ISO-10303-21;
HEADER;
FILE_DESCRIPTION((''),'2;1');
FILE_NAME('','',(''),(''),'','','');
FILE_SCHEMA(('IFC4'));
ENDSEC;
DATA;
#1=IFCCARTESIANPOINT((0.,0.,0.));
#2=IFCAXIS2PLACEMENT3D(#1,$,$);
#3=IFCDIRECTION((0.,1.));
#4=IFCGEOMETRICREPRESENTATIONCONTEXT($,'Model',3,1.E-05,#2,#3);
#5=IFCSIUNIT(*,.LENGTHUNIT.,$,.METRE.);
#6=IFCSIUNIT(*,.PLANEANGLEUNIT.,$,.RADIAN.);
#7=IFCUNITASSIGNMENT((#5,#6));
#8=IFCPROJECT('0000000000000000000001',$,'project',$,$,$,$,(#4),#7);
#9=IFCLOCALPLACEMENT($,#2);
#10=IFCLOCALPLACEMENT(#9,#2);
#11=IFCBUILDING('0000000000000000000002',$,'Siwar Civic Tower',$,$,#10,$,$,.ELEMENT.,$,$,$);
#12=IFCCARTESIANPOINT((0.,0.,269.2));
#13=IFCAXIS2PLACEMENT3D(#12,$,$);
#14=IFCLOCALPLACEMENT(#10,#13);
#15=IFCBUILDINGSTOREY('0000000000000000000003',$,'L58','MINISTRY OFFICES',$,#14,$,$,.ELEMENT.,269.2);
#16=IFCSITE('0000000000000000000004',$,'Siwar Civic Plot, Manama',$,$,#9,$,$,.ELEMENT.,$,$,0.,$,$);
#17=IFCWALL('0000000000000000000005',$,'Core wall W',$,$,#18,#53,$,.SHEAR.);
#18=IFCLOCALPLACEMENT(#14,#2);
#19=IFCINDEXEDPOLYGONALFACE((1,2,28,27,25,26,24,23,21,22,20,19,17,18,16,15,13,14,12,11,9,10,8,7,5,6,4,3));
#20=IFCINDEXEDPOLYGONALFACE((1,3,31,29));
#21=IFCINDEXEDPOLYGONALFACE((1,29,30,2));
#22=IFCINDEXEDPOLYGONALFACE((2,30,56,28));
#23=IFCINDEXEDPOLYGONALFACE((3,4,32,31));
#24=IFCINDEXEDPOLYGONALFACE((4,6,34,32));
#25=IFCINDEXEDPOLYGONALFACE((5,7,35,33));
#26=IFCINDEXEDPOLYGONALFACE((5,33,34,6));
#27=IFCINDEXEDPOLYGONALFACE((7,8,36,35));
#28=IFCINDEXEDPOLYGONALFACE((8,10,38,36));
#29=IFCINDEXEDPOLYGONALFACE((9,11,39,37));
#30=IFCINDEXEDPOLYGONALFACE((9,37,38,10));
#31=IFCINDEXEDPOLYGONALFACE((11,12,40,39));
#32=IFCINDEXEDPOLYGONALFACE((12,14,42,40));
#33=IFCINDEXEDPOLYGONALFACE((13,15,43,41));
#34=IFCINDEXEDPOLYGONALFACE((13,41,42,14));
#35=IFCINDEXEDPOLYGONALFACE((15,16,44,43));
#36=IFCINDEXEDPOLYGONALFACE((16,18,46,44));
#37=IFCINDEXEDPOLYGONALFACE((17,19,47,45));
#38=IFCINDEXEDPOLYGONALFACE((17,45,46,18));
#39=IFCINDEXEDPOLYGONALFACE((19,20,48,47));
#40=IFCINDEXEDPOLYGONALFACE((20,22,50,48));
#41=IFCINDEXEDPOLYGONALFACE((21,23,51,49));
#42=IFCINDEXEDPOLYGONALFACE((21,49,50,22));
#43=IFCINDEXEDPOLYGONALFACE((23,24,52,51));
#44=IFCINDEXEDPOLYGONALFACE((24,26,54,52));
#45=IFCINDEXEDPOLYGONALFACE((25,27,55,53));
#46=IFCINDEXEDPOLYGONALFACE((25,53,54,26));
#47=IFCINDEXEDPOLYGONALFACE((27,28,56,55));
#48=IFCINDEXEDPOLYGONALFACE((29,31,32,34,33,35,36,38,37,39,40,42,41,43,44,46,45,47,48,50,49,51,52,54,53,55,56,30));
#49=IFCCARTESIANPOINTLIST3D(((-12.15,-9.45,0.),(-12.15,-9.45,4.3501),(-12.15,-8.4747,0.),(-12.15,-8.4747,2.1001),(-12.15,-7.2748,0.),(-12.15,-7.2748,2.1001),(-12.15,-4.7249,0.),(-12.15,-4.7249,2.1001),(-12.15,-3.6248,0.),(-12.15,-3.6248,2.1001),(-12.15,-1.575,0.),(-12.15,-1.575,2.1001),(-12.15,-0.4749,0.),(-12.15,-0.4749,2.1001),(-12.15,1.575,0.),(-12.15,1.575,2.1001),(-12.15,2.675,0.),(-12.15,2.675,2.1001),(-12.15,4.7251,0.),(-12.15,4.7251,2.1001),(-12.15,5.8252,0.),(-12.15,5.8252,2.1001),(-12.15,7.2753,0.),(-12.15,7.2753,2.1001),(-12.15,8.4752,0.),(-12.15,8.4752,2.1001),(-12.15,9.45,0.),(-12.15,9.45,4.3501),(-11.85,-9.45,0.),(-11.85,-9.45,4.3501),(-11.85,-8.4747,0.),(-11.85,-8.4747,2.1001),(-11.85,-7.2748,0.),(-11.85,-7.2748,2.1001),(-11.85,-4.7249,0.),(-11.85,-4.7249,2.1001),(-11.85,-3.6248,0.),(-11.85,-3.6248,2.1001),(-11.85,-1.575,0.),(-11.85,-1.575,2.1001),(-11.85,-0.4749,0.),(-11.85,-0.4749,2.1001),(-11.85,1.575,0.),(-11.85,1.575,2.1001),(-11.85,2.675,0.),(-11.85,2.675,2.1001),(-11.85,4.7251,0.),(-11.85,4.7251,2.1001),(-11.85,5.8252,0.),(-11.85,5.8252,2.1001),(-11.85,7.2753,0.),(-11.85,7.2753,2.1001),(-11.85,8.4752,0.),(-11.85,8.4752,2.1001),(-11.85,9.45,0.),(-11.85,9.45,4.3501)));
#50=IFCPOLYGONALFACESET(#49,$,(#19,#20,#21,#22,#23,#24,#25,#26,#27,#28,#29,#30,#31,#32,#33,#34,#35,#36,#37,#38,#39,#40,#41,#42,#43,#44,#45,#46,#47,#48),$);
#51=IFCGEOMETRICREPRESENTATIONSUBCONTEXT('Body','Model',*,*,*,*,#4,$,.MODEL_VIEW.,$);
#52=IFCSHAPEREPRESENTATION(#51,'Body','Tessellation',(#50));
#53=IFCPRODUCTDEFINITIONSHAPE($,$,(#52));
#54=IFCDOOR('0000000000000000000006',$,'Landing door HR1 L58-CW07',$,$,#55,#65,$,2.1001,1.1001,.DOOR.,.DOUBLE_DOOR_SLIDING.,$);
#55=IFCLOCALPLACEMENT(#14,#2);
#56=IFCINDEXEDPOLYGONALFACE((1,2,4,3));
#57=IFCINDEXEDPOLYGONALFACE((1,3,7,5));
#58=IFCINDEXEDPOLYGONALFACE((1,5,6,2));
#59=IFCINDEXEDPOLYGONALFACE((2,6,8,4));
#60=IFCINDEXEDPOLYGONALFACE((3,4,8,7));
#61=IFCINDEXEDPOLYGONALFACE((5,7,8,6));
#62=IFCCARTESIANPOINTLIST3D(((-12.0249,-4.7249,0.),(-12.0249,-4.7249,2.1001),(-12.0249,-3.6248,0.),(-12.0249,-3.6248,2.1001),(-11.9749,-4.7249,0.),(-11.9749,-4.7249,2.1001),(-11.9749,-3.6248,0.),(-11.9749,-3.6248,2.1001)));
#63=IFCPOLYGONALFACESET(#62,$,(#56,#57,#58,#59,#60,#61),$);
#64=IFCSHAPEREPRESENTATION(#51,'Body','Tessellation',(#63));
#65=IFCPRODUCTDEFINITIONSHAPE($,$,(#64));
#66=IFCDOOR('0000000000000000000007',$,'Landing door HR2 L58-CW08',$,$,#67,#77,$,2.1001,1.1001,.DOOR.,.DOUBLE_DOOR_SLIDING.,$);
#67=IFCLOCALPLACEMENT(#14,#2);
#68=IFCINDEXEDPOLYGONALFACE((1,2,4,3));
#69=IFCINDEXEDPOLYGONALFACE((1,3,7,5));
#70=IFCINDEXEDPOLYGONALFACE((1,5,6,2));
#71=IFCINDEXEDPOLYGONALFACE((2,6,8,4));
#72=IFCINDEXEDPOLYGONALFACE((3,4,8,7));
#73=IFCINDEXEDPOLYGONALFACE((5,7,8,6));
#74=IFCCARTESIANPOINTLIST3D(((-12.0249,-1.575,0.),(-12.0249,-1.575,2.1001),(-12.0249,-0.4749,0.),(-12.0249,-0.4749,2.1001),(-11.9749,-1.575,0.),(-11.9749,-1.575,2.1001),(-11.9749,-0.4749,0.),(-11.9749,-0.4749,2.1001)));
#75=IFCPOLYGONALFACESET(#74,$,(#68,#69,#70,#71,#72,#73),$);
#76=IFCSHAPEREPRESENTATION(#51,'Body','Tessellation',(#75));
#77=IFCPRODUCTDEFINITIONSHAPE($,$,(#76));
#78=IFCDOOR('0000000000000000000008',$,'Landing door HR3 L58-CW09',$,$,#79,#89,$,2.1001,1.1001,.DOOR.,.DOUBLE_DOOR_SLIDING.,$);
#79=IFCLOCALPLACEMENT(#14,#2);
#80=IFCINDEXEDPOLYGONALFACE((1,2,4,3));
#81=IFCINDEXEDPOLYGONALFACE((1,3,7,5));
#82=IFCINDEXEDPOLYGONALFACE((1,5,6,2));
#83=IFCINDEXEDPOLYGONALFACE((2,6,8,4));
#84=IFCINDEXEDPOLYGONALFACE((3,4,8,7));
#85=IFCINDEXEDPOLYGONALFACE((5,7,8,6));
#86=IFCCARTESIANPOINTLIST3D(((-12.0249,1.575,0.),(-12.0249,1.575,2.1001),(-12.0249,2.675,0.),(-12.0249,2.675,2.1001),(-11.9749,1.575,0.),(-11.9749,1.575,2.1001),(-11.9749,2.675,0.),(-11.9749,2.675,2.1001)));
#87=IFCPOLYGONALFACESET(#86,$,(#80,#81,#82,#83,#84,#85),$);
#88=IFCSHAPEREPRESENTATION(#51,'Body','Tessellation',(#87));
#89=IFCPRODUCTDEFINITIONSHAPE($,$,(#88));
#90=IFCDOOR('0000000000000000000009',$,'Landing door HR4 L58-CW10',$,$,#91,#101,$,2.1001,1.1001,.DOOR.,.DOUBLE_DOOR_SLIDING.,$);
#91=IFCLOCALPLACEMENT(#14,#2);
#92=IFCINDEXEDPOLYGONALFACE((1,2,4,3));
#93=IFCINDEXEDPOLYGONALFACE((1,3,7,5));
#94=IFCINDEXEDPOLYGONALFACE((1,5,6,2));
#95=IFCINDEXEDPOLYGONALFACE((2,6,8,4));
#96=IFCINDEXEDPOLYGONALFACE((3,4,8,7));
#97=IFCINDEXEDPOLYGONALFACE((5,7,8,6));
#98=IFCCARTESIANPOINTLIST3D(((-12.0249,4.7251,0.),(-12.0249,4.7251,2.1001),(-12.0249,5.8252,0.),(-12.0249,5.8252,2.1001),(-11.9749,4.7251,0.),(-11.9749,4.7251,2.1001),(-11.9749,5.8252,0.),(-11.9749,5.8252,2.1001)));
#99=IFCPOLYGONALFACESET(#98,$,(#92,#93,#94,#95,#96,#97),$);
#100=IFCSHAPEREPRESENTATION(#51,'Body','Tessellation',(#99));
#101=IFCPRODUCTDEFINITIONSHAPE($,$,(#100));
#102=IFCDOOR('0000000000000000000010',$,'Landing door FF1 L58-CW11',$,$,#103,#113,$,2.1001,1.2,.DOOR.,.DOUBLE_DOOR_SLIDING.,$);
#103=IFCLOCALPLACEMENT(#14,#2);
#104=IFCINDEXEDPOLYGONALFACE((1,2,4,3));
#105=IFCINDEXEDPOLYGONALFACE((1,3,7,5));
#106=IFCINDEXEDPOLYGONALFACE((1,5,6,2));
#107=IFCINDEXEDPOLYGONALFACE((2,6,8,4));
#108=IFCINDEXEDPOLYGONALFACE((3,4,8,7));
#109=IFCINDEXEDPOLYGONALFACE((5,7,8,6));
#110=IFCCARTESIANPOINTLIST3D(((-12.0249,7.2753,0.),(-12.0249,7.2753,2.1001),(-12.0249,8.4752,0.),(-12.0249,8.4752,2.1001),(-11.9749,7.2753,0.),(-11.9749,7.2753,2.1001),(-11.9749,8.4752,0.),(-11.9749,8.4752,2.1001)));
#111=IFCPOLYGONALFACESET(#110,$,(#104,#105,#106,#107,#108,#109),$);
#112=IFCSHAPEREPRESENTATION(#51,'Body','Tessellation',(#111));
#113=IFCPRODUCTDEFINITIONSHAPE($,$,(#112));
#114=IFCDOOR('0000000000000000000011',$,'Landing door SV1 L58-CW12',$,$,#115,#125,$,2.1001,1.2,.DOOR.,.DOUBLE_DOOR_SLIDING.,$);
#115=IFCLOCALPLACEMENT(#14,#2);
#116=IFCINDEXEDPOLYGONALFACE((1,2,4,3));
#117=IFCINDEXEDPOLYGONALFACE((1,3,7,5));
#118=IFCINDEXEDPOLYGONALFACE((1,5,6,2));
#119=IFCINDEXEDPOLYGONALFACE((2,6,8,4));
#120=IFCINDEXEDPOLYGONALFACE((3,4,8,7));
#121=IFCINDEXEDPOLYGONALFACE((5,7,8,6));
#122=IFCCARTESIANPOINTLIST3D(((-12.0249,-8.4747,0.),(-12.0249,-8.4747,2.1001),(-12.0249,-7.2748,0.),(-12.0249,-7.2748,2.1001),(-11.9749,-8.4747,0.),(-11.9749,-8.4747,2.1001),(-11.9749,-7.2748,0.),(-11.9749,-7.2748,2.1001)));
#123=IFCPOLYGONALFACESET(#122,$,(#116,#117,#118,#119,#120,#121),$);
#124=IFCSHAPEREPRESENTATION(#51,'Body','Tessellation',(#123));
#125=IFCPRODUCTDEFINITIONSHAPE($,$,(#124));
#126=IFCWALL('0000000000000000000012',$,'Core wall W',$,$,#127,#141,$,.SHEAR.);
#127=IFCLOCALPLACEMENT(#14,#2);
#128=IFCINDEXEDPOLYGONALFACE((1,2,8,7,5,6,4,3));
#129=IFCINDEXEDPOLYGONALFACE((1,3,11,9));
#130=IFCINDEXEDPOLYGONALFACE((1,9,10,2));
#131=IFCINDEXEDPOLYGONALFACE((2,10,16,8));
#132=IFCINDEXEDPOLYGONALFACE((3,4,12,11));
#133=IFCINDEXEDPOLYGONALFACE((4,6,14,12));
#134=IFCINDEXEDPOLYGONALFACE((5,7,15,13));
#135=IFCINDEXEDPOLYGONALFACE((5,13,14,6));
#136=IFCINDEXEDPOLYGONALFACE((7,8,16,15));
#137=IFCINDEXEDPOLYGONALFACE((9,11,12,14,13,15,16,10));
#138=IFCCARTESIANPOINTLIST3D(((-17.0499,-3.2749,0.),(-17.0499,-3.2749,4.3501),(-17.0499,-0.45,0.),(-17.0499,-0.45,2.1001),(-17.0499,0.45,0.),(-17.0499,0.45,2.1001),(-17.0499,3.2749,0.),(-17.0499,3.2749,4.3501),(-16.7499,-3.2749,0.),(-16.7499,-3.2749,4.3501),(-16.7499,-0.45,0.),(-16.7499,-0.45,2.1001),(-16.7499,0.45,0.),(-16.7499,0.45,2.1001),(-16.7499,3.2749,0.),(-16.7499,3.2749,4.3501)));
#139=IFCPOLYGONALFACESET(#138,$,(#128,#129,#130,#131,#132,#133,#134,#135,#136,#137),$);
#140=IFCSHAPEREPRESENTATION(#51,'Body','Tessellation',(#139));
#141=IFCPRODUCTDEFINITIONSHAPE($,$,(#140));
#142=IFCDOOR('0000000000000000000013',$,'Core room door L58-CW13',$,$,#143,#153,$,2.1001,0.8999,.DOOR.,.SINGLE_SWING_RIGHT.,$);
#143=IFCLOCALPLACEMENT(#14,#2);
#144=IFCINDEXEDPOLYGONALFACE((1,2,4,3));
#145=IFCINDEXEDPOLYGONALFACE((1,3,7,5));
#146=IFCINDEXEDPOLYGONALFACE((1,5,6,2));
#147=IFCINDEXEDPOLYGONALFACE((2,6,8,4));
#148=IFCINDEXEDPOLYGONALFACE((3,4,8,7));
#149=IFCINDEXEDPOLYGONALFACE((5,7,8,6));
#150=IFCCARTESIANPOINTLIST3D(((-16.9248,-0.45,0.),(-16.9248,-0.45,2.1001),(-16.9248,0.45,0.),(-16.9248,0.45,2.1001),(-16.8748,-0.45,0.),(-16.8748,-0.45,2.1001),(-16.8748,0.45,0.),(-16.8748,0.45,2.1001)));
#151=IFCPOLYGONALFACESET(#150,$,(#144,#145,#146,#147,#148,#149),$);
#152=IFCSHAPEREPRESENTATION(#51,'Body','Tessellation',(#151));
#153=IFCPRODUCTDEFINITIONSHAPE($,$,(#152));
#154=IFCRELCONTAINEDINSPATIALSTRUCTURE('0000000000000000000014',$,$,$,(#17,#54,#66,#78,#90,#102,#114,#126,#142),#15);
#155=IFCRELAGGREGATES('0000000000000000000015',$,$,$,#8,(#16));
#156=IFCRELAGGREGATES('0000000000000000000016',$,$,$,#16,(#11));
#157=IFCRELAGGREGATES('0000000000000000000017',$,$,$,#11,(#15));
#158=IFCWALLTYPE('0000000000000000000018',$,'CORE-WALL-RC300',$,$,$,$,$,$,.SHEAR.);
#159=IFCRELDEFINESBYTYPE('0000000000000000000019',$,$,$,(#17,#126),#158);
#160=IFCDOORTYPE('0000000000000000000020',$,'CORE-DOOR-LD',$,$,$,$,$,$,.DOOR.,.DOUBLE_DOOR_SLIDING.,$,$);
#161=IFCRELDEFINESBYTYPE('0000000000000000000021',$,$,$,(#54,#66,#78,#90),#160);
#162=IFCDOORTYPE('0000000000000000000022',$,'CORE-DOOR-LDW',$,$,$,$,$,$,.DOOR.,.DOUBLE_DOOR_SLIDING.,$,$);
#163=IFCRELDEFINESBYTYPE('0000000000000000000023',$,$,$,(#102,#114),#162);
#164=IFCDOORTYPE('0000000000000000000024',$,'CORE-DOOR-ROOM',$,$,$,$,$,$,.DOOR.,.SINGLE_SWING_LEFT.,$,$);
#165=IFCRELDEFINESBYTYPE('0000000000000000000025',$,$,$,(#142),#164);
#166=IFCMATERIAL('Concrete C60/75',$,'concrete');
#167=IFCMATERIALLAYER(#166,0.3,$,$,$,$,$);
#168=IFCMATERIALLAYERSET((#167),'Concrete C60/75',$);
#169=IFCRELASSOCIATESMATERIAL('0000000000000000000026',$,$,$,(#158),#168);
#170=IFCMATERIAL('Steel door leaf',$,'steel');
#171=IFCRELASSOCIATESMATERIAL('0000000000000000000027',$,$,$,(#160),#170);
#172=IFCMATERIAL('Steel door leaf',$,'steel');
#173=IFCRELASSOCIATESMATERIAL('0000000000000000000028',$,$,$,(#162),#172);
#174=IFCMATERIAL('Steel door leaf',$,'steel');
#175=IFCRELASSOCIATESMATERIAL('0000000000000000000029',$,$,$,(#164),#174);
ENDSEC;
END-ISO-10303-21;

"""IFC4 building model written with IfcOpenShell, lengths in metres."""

from ifc_helpers import new_model, si_unit, direction, frame, frame_2d, origin, place, context, subcontext, project, spatial, rectangle, extrude, material, layer, layer_set, type_object, element, fill, save


model = new_model("IFC4")

# Units and contexts
model_context = context("Model", 3, precision=1e-05, world=origin(), true_north=direction((0.0, 1.0)))
body_context = subcontext(model_context, "Body", "Model", "MODEL_VIEW")
ifc_project = project(units=[si_unit("LENGTHUNIT", "METRE"), si_unit("PLANEANGLEUNIT", "RADIAN")], contexts=[model_context])

# Site, building, storey
site_placement = place(None, origin())
site = spatial("IfcSite", under=ifc_project, at=site_placement, Name="Siwar Civic Plot, Manama", CompositionType="ELEMENT", RefElevation=0.0)
building_placement = place(site_placement, origin())
building = spatial("IfcBuilding", under=site, at=building_placement, Name="Siwar Civic Tower", CompositionType="ELEMENT")
storey_placement = place(building_placement, frame((0.0, 0.0, 269.2)))
storey = spatial("IfcBuildingStorey", under=building, at=storey_placement, Name="L58", Description="MINISTRY OFFICES", CompositionType="ELEMENT", Elevation=269.2)

# Wall, openings, doors
ifc_material_1 = material(Name="Concrete C60/75", Category="concrete")
ifc_layer_1 = layer(ifc_material_1, 0.3)
ifc_layer_set_1 = layer_set([ifc_layer_1], Name="Concrete C60/75")
wall_type_1 = type_object("IfcWallType", Name="CORE-WALL-RC300", PredefinedType="SHEAR", material=ifc_layer_set_1)
wall_1_placement = place(storey_placement, frame((-12.0, -9.45, 0.0), z_axis=(0.0, 0.0, 1.0), x_axis=(0.0, 1.0, 0.0)))
wall_1 = element("IfcWall", 1, at=wall_1_placement, inside=storey, type_object=wall_type_1, Name="Core wall W", PredefinedType="SHEAR", context=body_context, shape_type="SweptSolid", body=[
    extrude(rectangle(XDim=18.8999, YDim=0.3, at=frame_2d((9.45, 0.0))), origin(), (0.0, 0.0, 1.0), 4.3501),
])
opening_1_placement = place(wall_1_placement, frame((4.7251, 0.0, 0.0)))
opening_1 = element("IfcOpeningElement", 2, at=opening_1_placement, cuts=wall_1, PredefinedType="OPENING", context=body_context, shape_type="SweptSolid", body=[
    extrude(rectangle(XDim=1.1001, YDim=2.1001, at=frame_2d((0.55, 1.05))), frame((0.0, 0.1602, 0.0), z_axis=(0.0, -1.0, 0.0), x_axis=(1.0, 0.0, 0.0)), (0.0, 0.0, 1.0), 0.3201),
])
opening_2_placement = place(wall_1_placement, frame((7.875, 0.0, 0.0)))
opening_2 = element("IfcOpeningElement", 3, at=opening_2_placement, cuts=wall_1, PredefinedType="OPENING", context=body_context, shape_type="SweptSolid", body=[
    extrude(rectangle(XDim=1.1001, YDim=2.1001, at=frame_2d((0.55, 1.05))), frame((0.0, 0.1602, 0.0), z_axis=(0.0, -1.0, 0.0), x_axis=(1.0, 0.0, 0.0)), (0.0, 0.0, 1.0), 0.3201),
])
opening_3_placement = place(wall_1_placement, frame((11.0249, 0.0, 0.0)))
opening_3 = element("IfcOpeningElement", 4, at=opening_3_placement, cuts=wall_1, PredefinedType="OPENING", context=body_context, shape_type="SweptSolid", body=[
    extrude(rectangle(XDim=1.1001, YDim=2.1001, at=frame_2d((0.55, 1.05))), frame((0.0, 0.1602, 0.0), z_axis=(0.0, -1.0, 0.0), x_axis=(1.0, 0.0, 0.0)), (0.0, 0.0, 1.0), 0.3201),
])
opening_4_placement = place(wall_1_placement, frame((14.175, 0.0, 0.0)))
opening_4 = element("IfcOpeningElement", 5, at=opening_4_placement, cuts=wall_1, PredefinedType="OPENING", context=body_context, shape_type="SweptSolid", body=[
    extrude(rectangle(XDim=1.1001, YDim=2.1001, at=frame_2d((0.55, 1.05))), frame((0.0, 0.1602, 0.0), z_axis=(0.0, -1.0, 0.0), x_axis=(1.0, 0.0, 0.0)), (0.0, 0.0, 1.0), 0.3201),
])
opening_5_placement = place(wall_1_placement, frame((16.7251, 0.0, 0.0)))
opening_5 = element("IfcOpeningElement", 6, at=opening_5_placement, cuts=wall_1, PredefinedType="OPENING", context=body_context, shape_type="SweptSolid", body=[
    extrude(rectangle(XDim=1.2, YDim=2.1001, at=frame_2d((0.6001, 1.05))), frame((0.0, 0.1602, 0.0), z_axis=(0.0, -1.0, 0.0), x_axis=(1.0, 0.0, 0.0)), (0.0, 0.0, 1.0), 0.3201),
])
opening_6_placement = place(wall_1_placement, frame((0.9751, 0.0, 0.0)))
opening_6 = element("IfcOpeningElement", 7, at=opening_6_placement, cuts=wall_1, PredefinedType="OPENING", context=body_context, shape_type="SweptSolid", body=[
    extrude(rectangle(XDim=1.2, YDim=2.1001, at=frame_2d((0.6001, 1.05))), frame((0.0, 0.1602, 0.0), z_axis=(0.0, -1.0, 0.0), x_axis=(1.0, 0.0, 0.0)), (0.0, 0.0, 1.0), 0.3201),
])
ifc_material_2 = material(Name="Steel door leaf", Category="steel")
door_type_1 = type_object("IfcDoorType", Name="CORE-DOOR-LD", OperationType="DOUBLE_DOOR_SLIDING", PredefinedType="DOOR", material=ifc_material_2)
door_1_placement = place(opening_1_placement, origin())
door_1 = element("IfcDoor", 8, at=door_1_placement, inside=storey, type_object=door_type_1, Name="Landing door HR1 L58-CW07", OperationType="DOUBLE_DOOR_SLIDING", OverallHeight=2.1001, OverallWidth=1.1001, PredefinedType="DOOR", context=body_context, shape_type="SweptSolid", body=[
    extrude(rectangle(XDim=1.1001, YDim=2.1001, at=frame_2d((0.55, 1.05))), frame((0.0, 0.0249, 0.0), z_axis=(0.0, -1.0, 0.0), x_axis=(1.0, 0.0, 0.0)), (0.0, 0.0, 1.0), 0.05),
])
fill(opening_1, door_1)
door_2_placement = place(opening_2_placement, origin())
door_2 = element("IfcDoor", 9, at=door_2_placement, inside=storey, type_object=door_type_1, Name="Landing door HR2 L58-CW08", OperationType="DOUBLE_DOOR_SLIDING", OverallHeight=2.1001, OverallWidth=1.1001, PredefinedType="DOOR", context=body_context, shape_type="SweptSolid", body=[
    extrude(rectangle(XDim=1.1001, YDim=2.1001, at=frame_2d((0.55, 1.05))), frame((0.0, 0.0249, 0.0), z_axis=(0.0, -1.0, 0.0), x_axis=(1.0, 0.0, 0.0)), (0.0, 0.0, 1.0), 0.05),
])
fill(opening_2, door_2)
door_3_placement = place(opening_3_placement, origin())
door_3 = element("IfcDoor", 10, at=door_3_placement, inside=storey, type_object=door_type_1, Name="Landing door HR3 L58-CW09", OperationType="DOUBLE_DOOR_SLIDING", OverallHeight=2.1001, OverallWidth=1.1001, PredefinedType="DOOR", context=body_context, shape_type="SweptSolid", body=[
    extrude(rectangle(XDim=1.1001, YDim=2.1001, at=frame_2d((0.55, 1.05))), frame((0.0, 0.0249, 0.0), z_axis=(0.0, -1.0, 0.0), x_axis=(1.0, 0.0, 0.0)), (0.0, 0.0, 1.0), 0.05),
])
fill(opening_3, door_3)
door_4_placement = place(opening_4_placement, origin())
door_4 = element("IfcDoor", 11, at=door_4_placement, inside=storey, type_object=door_type_1, Name="Landing door HR4 L58-CW10", OperationType="DOUBLE_DOOR_SLIDING", OverallHeight=2.1001, OverallWidth=1.1001, PredefinedType="DOOR", context=body_context, shape_type="SweptSolid", body=[
    extrude(rectangle(XDim=1.1001, YDim=2.1001, at=frame_2d((0.55, 1.05))), frame((0.0, 0.0249, 0.0), z_axis=(0.0, -1.0, 0.0), x_axis=(1.0, 0.0, 0.0)), (0.0, 0.0, 1.0), 0.05),
])
fill(opening_4, door_4)
ifc_material_3 = material(Name="Steel door leaf", Category="steel")
door_type_2 = type_object("IfcDoorType", Name="CORE-DOOR-LDW", OperationType="DOUBLE_DOOR_SLIDING", PredefinedType="DOOR", material=ifc_material_3)
door_5_placement = place(opening_5_placement, origin())
door_5 = element("IfcDoor", 12, at=door_5_placement, inside=storey, type_object=door_type_2, Name="Landing door FF1 L58-CW11", OperationType="DOUBLE_DOOR_SLIDING", OverallHeight=2.1001, OverallWidth=1.2, PredefinedType="DOOR", context=body_context, shape_type="SweptSolid", body=[
    extrude(rectangle(XDim=1.2, YDim=2.1001, at=frame_2d((0.6001, 1.05))), frame((0.0, 0.0249, 0.0), z_axis=(0.0, -1.0, 0.0), x_axis=(1.0, 0.0, 0.0)), (0.0, 0.0, 1.0), 0.05),
])
fill(opening_5, door_5)
door_6_placement = place(opening_6_placement, origin())
door_6 = element("IfcDoor", 13, at=door_6_placement, inside=storey, type_object=door_type_2, Name="Landing door SV1 L58-CW12", OperationType="DOUBLE_DOOR_SLIDING", OverallHeight=2.1001, OverallWidth=1.2, PredefinedType="DOOR", context=body_context, shape_type="SweptSolid", body=[
    extrude(rectangle(XDim=1.2, YDim=2.1001, at=frame_2d((0.6001, 1.05))), frame((0.0, 0.0249, 0.0), z_axis=(0.0, -1.0, 0.0), x_axis=(1.0, 0.0, 0.0)), (0.0, 0.0, 1.0), 0.05),
])
fill(opening_6, door_6)

# Wall, opening, door
wall_2_placement = place(storey_placement, frame((-16.8999, -3.2749, 0.0), z_axis=(0.0, 0.0, 1.0), x_axis=(0.0, 1.0, 0.0)))
wall_2 = element("IfcWall", 14, at=wall_2_placement, inside=storey, type_object=wall_type_1, Name="Core wall W", PredefinedType="SHEAR", context=body_context, shape_type="SweptSolid", body=[
    extrude(rectangle(XDim=6.5498, YDim=0.3, at=frame_2d((3.2749, 0.0))), origin(), (0.0, 0.0, 1.0), 4.3501),
])
opening_7_placement = place(wall_2_placement, frame((2.825, 0.0, 0.0)))
opening_7 = element("IfcOpeningElement", 15, at=opening_7_placement, cuts=wall_2, PredefinedType="OPENING", context=body_context, shape_type="SweptSolid", body=[
    extrude(rectangle(XDim=0.8999, YDim=2.1001, at=frame_2d((0.45, 1.05))), frame((0.0, 0.1602, 0.0), z_axis=(0.0, -1.0, 0.0), x_axis=(1.0, 0.0, 0.0)), (0.0, 0.0, 1.0), 0.3201),
])
ifc_material_4 = material(Name="Steel door leaf", Category="steel")
door_type_3 = type_object("IfcDoorType", Name="CORE-DOOR-ROOM", OperationType="SINGLE_SWING_LEFT", PredefinedType="DOOR", material=ifc_material_4)
door_7_placement = place(opening_7_placement, origin())
door_7 = element("IfcDoor", 16, at=door_7_placement, inside=storey, type_object=door_type_3, Name="Core room door L58-CW13", OperationType="SINGLE_SWING_RIGHT", OverallHeight=2.1001, OverallWidth=0.8999, PredefinedType="DOOR", context=body_context, shape_type="SweptSolid", body=[
    extrude(rectangle(XDim=0.8999, YDim=2.1001, at=frame_2d((0.45, 1.05))), frame((0.0, 0.0249, 0.0), z_axis=(0.0, -1.0, 0.0), x_axis=(1.0, 0.0, 0.0)), (0.0, 0.0, 1.0), 0.05),
])
fill(opening_7, door_7)

save(model, "model.ifc")
